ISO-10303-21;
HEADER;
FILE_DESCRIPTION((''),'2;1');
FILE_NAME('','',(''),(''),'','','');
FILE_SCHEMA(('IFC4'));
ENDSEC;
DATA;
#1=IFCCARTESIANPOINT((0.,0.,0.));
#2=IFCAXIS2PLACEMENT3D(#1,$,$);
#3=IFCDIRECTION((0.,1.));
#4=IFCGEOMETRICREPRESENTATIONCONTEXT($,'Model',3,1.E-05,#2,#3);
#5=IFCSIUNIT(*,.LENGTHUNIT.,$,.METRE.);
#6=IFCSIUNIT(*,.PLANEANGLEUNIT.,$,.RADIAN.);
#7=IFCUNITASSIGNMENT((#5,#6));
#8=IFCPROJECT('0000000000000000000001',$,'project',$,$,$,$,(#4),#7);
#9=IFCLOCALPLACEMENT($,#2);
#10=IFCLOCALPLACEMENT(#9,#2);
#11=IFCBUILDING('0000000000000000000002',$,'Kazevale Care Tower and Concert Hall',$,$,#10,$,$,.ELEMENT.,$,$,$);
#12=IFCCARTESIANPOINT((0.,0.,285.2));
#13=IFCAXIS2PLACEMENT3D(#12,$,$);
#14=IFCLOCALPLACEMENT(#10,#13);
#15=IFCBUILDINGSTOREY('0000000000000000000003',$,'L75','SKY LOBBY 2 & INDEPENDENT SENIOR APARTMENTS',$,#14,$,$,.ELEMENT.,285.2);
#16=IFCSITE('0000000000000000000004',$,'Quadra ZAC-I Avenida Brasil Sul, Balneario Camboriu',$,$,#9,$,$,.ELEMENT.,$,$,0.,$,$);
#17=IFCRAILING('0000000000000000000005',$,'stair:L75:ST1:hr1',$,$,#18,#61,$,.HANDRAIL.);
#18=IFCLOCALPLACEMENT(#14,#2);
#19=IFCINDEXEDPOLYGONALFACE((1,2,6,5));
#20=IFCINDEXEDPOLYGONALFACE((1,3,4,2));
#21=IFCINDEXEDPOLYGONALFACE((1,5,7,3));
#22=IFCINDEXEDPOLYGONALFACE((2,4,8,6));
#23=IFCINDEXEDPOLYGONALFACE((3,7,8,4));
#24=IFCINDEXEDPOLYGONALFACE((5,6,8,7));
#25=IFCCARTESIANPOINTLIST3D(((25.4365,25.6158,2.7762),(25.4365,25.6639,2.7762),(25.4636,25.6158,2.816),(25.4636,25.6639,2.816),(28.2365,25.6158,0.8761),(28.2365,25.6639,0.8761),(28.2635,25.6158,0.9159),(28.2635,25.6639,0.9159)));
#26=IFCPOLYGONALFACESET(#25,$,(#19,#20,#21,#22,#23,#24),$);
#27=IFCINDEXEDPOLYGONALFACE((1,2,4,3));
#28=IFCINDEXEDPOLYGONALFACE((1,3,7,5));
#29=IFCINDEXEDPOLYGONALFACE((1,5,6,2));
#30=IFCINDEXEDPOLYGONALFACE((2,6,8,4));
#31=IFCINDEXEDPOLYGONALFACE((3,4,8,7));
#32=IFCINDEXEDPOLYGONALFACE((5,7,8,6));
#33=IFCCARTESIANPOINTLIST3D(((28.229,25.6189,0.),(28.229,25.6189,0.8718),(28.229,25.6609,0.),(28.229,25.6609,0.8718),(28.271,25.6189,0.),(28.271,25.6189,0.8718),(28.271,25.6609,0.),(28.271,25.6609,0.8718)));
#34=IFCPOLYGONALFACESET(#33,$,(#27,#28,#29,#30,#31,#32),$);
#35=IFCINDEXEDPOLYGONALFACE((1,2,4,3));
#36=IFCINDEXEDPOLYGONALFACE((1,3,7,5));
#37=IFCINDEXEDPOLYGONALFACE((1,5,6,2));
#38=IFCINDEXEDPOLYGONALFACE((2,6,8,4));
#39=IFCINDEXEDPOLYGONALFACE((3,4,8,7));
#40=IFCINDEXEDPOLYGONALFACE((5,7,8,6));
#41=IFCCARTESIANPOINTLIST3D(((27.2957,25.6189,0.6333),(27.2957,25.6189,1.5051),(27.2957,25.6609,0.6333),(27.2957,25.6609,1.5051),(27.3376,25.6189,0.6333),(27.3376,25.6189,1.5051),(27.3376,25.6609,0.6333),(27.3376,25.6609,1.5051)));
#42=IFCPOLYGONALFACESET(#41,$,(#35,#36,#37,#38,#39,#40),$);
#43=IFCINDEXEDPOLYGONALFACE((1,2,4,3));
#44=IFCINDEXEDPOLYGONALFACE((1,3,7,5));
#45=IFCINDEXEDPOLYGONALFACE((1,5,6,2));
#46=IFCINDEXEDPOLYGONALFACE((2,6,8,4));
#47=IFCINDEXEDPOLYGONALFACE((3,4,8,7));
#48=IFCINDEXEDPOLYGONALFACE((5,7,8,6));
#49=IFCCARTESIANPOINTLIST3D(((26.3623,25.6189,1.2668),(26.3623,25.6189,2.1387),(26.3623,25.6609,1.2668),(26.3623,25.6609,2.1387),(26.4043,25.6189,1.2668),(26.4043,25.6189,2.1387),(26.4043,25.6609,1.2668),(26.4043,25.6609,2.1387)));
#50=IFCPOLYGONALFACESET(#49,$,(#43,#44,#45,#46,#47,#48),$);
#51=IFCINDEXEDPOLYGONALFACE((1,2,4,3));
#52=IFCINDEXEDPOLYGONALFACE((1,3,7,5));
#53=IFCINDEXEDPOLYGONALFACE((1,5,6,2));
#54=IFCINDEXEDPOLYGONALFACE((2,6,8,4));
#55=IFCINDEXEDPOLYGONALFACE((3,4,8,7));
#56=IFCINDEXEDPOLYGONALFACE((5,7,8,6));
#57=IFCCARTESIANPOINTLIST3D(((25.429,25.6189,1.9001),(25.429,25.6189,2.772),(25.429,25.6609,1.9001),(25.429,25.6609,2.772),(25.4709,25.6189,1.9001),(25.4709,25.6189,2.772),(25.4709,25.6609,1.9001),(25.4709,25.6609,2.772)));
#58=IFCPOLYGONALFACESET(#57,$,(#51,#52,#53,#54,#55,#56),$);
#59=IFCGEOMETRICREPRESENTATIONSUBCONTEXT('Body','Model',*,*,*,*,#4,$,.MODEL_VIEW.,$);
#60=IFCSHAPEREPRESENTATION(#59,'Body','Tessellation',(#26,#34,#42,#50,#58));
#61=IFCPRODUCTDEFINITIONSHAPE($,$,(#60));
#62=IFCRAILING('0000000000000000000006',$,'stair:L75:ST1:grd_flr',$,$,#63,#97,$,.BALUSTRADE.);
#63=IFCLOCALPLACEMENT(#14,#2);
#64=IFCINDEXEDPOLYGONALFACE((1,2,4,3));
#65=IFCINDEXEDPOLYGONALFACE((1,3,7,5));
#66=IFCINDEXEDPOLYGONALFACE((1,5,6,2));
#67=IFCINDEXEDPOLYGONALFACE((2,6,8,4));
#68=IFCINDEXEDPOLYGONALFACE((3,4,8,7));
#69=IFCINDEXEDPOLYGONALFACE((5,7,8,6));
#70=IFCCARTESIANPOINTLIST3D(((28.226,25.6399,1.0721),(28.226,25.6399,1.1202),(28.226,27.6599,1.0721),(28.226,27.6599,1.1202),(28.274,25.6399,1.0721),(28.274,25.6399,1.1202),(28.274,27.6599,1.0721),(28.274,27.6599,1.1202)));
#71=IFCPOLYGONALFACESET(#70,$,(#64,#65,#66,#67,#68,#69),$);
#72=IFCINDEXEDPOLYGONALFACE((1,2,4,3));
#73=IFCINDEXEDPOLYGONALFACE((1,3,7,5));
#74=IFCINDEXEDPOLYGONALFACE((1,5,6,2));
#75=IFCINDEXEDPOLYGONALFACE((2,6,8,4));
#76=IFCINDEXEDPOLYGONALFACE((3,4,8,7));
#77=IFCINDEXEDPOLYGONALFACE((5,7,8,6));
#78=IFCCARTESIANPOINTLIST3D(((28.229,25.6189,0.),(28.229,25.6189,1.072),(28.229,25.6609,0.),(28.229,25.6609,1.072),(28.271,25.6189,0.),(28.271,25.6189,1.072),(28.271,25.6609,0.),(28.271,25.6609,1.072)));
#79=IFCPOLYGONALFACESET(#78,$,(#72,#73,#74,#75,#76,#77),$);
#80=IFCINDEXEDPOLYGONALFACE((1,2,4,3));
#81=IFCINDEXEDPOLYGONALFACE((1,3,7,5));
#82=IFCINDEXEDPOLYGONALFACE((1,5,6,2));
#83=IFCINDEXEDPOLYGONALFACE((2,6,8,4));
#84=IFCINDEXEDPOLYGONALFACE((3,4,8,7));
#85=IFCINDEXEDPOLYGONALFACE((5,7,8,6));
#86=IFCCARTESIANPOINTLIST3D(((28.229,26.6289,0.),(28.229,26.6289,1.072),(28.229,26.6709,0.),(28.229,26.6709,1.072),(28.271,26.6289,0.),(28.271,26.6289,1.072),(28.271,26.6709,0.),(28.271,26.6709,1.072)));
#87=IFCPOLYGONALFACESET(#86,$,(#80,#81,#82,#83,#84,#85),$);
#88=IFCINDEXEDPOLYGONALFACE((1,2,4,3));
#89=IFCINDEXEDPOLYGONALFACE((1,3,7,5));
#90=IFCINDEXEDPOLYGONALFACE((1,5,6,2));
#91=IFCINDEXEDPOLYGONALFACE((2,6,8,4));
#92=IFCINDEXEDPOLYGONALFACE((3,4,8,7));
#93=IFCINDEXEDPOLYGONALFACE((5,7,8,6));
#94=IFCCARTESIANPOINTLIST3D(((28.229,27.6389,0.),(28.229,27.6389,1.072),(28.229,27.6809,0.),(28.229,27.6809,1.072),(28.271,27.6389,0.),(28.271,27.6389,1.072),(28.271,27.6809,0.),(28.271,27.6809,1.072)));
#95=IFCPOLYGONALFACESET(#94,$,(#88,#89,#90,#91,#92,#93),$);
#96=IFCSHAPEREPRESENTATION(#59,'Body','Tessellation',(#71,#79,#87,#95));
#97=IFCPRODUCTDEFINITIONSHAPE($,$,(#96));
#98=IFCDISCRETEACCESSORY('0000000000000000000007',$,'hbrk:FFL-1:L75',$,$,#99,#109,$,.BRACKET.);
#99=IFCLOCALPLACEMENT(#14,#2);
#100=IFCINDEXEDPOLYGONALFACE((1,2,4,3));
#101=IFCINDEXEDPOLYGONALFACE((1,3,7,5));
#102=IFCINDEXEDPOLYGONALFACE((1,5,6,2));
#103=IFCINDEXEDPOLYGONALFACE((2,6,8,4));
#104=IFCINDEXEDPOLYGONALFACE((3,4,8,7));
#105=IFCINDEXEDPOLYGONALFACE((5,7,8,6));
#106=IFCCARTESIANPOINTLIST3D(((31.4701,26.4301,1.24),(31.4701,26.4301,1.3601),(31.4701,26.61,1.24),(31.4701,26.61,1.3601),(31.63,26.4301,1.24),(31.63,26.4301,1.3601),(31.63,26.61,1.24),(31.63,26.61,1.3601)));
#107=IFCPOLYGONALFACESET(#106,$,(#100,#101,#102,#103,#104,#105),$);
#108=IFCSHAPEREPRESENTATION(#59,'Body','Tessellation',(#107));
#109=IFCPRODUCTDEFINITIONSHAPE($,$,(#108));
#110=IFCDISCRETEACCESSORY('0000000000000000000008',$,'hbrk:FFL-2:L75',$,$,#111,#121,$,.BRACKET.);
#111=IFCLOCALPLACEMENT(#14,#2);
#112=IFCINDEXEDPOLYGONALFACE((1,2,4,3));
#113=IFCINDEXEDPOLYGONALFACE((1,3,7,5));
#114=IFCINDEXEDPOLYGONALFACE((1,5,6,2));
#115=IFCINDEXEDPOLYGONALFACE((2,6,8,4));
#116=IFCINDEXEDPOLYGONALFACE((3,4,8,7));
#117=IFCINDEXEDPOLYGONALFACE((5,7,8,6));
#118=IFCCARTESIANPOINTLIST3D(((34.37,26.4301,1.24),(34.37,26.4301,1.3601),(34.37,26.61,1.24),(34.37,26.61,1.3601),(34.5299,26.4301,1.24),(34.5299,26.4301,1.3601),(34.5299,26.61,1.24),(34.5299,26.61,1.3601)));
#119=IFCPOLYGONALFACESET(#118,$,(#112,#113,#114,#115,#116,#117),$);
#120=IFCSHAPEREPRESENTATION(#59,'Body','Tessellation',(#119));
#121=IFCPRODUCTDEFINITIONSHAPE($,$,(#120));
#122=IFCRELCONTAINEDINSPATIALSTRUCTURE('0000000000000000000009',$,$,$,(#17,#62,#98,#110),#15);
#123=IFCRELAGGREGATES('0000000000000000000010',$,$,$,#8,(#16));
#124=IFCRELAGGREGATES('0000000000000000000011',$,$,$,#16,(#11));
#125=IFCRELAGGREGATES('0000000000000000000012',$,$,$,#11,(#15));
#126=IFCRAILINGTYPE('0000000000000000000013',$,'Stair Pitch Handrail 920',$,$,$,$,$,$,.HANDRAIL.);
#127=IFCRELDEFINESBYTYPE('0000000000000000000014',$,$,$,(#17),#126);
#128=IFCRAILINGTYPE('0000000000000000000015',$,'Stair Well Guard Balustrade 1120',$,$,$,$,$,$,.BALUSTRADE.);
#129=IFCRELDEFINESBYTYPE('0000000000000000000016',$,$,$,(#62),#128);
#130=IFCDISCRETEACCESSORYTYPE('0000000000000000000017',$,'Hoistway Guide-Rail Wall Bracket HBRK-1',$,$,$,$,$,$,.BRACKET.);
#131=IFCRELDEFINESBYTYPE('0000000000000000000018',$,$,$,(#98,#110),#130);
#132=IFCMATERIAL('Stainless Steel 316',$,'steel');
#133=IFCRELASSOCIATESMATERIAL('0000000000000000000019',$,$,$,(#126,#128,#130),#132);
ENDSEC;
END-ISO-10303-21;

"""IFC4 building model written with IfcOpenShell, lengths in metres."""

from ifc_helpers import new_model, si_unit, direction, frame, origin, origin_2d, place, context, subcontext, project, spatial, rectangle, extrude, material, type_object, element, save


model = new_model("IFC4")

# Units and contexts
model_context = context("Model", 3, precision=1e-05, world=origin(), true_north=direction((0.0, 1.0)))
body_context = subcontext(model_context, "Body", "Model", "MODEL_VIEW")
ifc_project = project(units=[si_unit("LENGTHUNIT", "METRE"), si_unit("PLANEANGLEUNIT", "RADIAN")], contexts=[model_context])

# Site, building, storey
site_placement = place(None, origin())
site = spatial("IfcSite", under=ifc_project, at=site_placement, Name="Quadra ZAC-I Avenida Brasil Sul, Balneario Camboriu", CompositionType="ELEMENT", RefElevation=0.0)
building_placement = place(site_placement, origin())
building = spatial("IfcBuilding", under=site, at=building_placement, Name="Kazevale Care Tower and Concert Hall", CompositionType="ELEMENT")
storey_placement = place(building_placement, frame((0.0, 0.0, 285.2)))
storey = spatial("IfcBuildingStorey", under=building, at=storey_placement, Name="L75", Description="SKY LOBBY 2 & INDEPENDENT SENIOR APARTMENTS", CompositionType="ELEMENT", Elevation=285.2)

# Shared definitions
ifc_material_1 = material(Name="Stainless Steel 316", Category="steel")

# Railings
railing_type_1 = type_object("IfcRailingType", Name="Stair Pitch Handrail 920", PredefinedType="HANDRAIL", material=ifc_material_1)
railing_1_placement = place(storey_placement, frame((28.25, 25.6399, 0.0)))
element("IfcRailing", 1, at=railing_1_placement, inside=storey, type_object=railing_type_1, Name="stair:L75:ST1:hr1", PredefinedType="HANDRAIL", context=body_context, shape_type="SweptSolid", body=[
    extrude(rectangle(XDim=0.0481, YDim=0.0481, at=origin_2d()), frame((0.0, 0.0, 0.896), z_axis=(-0.82746, 0.0, 0.561524), x_axis=(0.0, -1.0, 0.0)), (0.0, 0.0, 1.0), 3.3838),
    extrude(rectangle(XDim=0.042, YDim=0.042, at=origin_2d()), origin(), (0.0, 0.0, 1.0), 0.8718),
    extrude(rectangle(XDim=0.042, YDim=0.042, at=origin_2d()), frame((-0.9333, 0.0, 0.6333)), (0.0, 0.0, 1.0), 0.8718),
    extrude(rectangle(XDim=0.042, YDim=0.042, at=origin_2d()), frame((-1.8667, 0.0, 1.2668)), (0.0, 0.0, 1.0), 0.8718),
    extrude(rectangle(XDim=0.042, YDim=0.042, at=origin_2d()), frame((-2.8, 0.0, 1.9001)), (0.0, 0.0, 1.0), 0.8718),
])
railing_type_2 = type_object("IfcRailingType", Name="Stair Well Guard Balustrade 1120", PredefinedType="BALUSTRADE", material=ifc_material_1)
railing_2_placement = place(storey_placement, frame((28.25, 25.6399, 0.0)))
element("IfcRailing", 2, at=railing_2_placement, inside=storey, type_object=railing_type_2, Name="stair:L75:ST1:grd_flr", PredefinedType="BALUSTRADE", context=body_context, shape_type="SweptSolid", body=[
    extrude(rectangle(XDim=0.0481, YDim=0.0481, at=origin_2d()), frame((0.0, 0.0, 1.0962), z_axis=(0.0, 1.0, 0.0), x_axis=(-1.0, 0.0, 0.0)), (0.0, 0.0, 1.0), 2.02),
    extrude(rectangle(XDim=0.042, YDim=0.042, at=origin_2d()), origin(), (0.0, 0.0, 1.0), 1.072),
    extrude(rectangle(XDim=0.042, YDim=0.042, at=origin_2d()), frame((0.0, 1.01, 0.0)), (0.0, 0.0, 1.0), 1.072),
    extrude(rectangle(XDim=0.042, YDim=0.042, at=origin_2d()), frame((0.0, 2.02, 0.0)), (0.0, 0.0, 1.0), 1.072),
])

# Discrete accessories
discrete_accessory_type = type_object("IfcDiscreteAccessoryType", Name="Hoistway Guide-Rail Wall Bracket HBRK-1", PredefinedType="BRACKET", material=ifc_material_1)
for number, where, z_axis, x_axis, name in (
    (3, (31.55, 26.52, 1.24), (0.0, 0.0, 1.0), (1.0, 0.0, 0.0), "hbrk:FFL-1:L75"),
    (4, (34.45, 26.52, 1.24), (0.0, 0.0, 1.0), (1.0, 0.0, 0.0), "hbrk:FFL-2:L75"),
):
    element("IfcDiscreteAccessory", number, at=place(storey_placement, frame(where, z_axis=z_axis, x_axis=x_axis)), inside=storey, type_object=discrete_accessory_type, Name=name, PredefinedType="BRACKET", context=body_context, shape_type="SweptSolid", body=[
        extrude(rectangle(XDim=0.1599, YDim=0.1799, at=origin_2d()), origin(), (0.0, 0.0, 1.0), 0.1201),
    ])

save(model, "model.ifc")
